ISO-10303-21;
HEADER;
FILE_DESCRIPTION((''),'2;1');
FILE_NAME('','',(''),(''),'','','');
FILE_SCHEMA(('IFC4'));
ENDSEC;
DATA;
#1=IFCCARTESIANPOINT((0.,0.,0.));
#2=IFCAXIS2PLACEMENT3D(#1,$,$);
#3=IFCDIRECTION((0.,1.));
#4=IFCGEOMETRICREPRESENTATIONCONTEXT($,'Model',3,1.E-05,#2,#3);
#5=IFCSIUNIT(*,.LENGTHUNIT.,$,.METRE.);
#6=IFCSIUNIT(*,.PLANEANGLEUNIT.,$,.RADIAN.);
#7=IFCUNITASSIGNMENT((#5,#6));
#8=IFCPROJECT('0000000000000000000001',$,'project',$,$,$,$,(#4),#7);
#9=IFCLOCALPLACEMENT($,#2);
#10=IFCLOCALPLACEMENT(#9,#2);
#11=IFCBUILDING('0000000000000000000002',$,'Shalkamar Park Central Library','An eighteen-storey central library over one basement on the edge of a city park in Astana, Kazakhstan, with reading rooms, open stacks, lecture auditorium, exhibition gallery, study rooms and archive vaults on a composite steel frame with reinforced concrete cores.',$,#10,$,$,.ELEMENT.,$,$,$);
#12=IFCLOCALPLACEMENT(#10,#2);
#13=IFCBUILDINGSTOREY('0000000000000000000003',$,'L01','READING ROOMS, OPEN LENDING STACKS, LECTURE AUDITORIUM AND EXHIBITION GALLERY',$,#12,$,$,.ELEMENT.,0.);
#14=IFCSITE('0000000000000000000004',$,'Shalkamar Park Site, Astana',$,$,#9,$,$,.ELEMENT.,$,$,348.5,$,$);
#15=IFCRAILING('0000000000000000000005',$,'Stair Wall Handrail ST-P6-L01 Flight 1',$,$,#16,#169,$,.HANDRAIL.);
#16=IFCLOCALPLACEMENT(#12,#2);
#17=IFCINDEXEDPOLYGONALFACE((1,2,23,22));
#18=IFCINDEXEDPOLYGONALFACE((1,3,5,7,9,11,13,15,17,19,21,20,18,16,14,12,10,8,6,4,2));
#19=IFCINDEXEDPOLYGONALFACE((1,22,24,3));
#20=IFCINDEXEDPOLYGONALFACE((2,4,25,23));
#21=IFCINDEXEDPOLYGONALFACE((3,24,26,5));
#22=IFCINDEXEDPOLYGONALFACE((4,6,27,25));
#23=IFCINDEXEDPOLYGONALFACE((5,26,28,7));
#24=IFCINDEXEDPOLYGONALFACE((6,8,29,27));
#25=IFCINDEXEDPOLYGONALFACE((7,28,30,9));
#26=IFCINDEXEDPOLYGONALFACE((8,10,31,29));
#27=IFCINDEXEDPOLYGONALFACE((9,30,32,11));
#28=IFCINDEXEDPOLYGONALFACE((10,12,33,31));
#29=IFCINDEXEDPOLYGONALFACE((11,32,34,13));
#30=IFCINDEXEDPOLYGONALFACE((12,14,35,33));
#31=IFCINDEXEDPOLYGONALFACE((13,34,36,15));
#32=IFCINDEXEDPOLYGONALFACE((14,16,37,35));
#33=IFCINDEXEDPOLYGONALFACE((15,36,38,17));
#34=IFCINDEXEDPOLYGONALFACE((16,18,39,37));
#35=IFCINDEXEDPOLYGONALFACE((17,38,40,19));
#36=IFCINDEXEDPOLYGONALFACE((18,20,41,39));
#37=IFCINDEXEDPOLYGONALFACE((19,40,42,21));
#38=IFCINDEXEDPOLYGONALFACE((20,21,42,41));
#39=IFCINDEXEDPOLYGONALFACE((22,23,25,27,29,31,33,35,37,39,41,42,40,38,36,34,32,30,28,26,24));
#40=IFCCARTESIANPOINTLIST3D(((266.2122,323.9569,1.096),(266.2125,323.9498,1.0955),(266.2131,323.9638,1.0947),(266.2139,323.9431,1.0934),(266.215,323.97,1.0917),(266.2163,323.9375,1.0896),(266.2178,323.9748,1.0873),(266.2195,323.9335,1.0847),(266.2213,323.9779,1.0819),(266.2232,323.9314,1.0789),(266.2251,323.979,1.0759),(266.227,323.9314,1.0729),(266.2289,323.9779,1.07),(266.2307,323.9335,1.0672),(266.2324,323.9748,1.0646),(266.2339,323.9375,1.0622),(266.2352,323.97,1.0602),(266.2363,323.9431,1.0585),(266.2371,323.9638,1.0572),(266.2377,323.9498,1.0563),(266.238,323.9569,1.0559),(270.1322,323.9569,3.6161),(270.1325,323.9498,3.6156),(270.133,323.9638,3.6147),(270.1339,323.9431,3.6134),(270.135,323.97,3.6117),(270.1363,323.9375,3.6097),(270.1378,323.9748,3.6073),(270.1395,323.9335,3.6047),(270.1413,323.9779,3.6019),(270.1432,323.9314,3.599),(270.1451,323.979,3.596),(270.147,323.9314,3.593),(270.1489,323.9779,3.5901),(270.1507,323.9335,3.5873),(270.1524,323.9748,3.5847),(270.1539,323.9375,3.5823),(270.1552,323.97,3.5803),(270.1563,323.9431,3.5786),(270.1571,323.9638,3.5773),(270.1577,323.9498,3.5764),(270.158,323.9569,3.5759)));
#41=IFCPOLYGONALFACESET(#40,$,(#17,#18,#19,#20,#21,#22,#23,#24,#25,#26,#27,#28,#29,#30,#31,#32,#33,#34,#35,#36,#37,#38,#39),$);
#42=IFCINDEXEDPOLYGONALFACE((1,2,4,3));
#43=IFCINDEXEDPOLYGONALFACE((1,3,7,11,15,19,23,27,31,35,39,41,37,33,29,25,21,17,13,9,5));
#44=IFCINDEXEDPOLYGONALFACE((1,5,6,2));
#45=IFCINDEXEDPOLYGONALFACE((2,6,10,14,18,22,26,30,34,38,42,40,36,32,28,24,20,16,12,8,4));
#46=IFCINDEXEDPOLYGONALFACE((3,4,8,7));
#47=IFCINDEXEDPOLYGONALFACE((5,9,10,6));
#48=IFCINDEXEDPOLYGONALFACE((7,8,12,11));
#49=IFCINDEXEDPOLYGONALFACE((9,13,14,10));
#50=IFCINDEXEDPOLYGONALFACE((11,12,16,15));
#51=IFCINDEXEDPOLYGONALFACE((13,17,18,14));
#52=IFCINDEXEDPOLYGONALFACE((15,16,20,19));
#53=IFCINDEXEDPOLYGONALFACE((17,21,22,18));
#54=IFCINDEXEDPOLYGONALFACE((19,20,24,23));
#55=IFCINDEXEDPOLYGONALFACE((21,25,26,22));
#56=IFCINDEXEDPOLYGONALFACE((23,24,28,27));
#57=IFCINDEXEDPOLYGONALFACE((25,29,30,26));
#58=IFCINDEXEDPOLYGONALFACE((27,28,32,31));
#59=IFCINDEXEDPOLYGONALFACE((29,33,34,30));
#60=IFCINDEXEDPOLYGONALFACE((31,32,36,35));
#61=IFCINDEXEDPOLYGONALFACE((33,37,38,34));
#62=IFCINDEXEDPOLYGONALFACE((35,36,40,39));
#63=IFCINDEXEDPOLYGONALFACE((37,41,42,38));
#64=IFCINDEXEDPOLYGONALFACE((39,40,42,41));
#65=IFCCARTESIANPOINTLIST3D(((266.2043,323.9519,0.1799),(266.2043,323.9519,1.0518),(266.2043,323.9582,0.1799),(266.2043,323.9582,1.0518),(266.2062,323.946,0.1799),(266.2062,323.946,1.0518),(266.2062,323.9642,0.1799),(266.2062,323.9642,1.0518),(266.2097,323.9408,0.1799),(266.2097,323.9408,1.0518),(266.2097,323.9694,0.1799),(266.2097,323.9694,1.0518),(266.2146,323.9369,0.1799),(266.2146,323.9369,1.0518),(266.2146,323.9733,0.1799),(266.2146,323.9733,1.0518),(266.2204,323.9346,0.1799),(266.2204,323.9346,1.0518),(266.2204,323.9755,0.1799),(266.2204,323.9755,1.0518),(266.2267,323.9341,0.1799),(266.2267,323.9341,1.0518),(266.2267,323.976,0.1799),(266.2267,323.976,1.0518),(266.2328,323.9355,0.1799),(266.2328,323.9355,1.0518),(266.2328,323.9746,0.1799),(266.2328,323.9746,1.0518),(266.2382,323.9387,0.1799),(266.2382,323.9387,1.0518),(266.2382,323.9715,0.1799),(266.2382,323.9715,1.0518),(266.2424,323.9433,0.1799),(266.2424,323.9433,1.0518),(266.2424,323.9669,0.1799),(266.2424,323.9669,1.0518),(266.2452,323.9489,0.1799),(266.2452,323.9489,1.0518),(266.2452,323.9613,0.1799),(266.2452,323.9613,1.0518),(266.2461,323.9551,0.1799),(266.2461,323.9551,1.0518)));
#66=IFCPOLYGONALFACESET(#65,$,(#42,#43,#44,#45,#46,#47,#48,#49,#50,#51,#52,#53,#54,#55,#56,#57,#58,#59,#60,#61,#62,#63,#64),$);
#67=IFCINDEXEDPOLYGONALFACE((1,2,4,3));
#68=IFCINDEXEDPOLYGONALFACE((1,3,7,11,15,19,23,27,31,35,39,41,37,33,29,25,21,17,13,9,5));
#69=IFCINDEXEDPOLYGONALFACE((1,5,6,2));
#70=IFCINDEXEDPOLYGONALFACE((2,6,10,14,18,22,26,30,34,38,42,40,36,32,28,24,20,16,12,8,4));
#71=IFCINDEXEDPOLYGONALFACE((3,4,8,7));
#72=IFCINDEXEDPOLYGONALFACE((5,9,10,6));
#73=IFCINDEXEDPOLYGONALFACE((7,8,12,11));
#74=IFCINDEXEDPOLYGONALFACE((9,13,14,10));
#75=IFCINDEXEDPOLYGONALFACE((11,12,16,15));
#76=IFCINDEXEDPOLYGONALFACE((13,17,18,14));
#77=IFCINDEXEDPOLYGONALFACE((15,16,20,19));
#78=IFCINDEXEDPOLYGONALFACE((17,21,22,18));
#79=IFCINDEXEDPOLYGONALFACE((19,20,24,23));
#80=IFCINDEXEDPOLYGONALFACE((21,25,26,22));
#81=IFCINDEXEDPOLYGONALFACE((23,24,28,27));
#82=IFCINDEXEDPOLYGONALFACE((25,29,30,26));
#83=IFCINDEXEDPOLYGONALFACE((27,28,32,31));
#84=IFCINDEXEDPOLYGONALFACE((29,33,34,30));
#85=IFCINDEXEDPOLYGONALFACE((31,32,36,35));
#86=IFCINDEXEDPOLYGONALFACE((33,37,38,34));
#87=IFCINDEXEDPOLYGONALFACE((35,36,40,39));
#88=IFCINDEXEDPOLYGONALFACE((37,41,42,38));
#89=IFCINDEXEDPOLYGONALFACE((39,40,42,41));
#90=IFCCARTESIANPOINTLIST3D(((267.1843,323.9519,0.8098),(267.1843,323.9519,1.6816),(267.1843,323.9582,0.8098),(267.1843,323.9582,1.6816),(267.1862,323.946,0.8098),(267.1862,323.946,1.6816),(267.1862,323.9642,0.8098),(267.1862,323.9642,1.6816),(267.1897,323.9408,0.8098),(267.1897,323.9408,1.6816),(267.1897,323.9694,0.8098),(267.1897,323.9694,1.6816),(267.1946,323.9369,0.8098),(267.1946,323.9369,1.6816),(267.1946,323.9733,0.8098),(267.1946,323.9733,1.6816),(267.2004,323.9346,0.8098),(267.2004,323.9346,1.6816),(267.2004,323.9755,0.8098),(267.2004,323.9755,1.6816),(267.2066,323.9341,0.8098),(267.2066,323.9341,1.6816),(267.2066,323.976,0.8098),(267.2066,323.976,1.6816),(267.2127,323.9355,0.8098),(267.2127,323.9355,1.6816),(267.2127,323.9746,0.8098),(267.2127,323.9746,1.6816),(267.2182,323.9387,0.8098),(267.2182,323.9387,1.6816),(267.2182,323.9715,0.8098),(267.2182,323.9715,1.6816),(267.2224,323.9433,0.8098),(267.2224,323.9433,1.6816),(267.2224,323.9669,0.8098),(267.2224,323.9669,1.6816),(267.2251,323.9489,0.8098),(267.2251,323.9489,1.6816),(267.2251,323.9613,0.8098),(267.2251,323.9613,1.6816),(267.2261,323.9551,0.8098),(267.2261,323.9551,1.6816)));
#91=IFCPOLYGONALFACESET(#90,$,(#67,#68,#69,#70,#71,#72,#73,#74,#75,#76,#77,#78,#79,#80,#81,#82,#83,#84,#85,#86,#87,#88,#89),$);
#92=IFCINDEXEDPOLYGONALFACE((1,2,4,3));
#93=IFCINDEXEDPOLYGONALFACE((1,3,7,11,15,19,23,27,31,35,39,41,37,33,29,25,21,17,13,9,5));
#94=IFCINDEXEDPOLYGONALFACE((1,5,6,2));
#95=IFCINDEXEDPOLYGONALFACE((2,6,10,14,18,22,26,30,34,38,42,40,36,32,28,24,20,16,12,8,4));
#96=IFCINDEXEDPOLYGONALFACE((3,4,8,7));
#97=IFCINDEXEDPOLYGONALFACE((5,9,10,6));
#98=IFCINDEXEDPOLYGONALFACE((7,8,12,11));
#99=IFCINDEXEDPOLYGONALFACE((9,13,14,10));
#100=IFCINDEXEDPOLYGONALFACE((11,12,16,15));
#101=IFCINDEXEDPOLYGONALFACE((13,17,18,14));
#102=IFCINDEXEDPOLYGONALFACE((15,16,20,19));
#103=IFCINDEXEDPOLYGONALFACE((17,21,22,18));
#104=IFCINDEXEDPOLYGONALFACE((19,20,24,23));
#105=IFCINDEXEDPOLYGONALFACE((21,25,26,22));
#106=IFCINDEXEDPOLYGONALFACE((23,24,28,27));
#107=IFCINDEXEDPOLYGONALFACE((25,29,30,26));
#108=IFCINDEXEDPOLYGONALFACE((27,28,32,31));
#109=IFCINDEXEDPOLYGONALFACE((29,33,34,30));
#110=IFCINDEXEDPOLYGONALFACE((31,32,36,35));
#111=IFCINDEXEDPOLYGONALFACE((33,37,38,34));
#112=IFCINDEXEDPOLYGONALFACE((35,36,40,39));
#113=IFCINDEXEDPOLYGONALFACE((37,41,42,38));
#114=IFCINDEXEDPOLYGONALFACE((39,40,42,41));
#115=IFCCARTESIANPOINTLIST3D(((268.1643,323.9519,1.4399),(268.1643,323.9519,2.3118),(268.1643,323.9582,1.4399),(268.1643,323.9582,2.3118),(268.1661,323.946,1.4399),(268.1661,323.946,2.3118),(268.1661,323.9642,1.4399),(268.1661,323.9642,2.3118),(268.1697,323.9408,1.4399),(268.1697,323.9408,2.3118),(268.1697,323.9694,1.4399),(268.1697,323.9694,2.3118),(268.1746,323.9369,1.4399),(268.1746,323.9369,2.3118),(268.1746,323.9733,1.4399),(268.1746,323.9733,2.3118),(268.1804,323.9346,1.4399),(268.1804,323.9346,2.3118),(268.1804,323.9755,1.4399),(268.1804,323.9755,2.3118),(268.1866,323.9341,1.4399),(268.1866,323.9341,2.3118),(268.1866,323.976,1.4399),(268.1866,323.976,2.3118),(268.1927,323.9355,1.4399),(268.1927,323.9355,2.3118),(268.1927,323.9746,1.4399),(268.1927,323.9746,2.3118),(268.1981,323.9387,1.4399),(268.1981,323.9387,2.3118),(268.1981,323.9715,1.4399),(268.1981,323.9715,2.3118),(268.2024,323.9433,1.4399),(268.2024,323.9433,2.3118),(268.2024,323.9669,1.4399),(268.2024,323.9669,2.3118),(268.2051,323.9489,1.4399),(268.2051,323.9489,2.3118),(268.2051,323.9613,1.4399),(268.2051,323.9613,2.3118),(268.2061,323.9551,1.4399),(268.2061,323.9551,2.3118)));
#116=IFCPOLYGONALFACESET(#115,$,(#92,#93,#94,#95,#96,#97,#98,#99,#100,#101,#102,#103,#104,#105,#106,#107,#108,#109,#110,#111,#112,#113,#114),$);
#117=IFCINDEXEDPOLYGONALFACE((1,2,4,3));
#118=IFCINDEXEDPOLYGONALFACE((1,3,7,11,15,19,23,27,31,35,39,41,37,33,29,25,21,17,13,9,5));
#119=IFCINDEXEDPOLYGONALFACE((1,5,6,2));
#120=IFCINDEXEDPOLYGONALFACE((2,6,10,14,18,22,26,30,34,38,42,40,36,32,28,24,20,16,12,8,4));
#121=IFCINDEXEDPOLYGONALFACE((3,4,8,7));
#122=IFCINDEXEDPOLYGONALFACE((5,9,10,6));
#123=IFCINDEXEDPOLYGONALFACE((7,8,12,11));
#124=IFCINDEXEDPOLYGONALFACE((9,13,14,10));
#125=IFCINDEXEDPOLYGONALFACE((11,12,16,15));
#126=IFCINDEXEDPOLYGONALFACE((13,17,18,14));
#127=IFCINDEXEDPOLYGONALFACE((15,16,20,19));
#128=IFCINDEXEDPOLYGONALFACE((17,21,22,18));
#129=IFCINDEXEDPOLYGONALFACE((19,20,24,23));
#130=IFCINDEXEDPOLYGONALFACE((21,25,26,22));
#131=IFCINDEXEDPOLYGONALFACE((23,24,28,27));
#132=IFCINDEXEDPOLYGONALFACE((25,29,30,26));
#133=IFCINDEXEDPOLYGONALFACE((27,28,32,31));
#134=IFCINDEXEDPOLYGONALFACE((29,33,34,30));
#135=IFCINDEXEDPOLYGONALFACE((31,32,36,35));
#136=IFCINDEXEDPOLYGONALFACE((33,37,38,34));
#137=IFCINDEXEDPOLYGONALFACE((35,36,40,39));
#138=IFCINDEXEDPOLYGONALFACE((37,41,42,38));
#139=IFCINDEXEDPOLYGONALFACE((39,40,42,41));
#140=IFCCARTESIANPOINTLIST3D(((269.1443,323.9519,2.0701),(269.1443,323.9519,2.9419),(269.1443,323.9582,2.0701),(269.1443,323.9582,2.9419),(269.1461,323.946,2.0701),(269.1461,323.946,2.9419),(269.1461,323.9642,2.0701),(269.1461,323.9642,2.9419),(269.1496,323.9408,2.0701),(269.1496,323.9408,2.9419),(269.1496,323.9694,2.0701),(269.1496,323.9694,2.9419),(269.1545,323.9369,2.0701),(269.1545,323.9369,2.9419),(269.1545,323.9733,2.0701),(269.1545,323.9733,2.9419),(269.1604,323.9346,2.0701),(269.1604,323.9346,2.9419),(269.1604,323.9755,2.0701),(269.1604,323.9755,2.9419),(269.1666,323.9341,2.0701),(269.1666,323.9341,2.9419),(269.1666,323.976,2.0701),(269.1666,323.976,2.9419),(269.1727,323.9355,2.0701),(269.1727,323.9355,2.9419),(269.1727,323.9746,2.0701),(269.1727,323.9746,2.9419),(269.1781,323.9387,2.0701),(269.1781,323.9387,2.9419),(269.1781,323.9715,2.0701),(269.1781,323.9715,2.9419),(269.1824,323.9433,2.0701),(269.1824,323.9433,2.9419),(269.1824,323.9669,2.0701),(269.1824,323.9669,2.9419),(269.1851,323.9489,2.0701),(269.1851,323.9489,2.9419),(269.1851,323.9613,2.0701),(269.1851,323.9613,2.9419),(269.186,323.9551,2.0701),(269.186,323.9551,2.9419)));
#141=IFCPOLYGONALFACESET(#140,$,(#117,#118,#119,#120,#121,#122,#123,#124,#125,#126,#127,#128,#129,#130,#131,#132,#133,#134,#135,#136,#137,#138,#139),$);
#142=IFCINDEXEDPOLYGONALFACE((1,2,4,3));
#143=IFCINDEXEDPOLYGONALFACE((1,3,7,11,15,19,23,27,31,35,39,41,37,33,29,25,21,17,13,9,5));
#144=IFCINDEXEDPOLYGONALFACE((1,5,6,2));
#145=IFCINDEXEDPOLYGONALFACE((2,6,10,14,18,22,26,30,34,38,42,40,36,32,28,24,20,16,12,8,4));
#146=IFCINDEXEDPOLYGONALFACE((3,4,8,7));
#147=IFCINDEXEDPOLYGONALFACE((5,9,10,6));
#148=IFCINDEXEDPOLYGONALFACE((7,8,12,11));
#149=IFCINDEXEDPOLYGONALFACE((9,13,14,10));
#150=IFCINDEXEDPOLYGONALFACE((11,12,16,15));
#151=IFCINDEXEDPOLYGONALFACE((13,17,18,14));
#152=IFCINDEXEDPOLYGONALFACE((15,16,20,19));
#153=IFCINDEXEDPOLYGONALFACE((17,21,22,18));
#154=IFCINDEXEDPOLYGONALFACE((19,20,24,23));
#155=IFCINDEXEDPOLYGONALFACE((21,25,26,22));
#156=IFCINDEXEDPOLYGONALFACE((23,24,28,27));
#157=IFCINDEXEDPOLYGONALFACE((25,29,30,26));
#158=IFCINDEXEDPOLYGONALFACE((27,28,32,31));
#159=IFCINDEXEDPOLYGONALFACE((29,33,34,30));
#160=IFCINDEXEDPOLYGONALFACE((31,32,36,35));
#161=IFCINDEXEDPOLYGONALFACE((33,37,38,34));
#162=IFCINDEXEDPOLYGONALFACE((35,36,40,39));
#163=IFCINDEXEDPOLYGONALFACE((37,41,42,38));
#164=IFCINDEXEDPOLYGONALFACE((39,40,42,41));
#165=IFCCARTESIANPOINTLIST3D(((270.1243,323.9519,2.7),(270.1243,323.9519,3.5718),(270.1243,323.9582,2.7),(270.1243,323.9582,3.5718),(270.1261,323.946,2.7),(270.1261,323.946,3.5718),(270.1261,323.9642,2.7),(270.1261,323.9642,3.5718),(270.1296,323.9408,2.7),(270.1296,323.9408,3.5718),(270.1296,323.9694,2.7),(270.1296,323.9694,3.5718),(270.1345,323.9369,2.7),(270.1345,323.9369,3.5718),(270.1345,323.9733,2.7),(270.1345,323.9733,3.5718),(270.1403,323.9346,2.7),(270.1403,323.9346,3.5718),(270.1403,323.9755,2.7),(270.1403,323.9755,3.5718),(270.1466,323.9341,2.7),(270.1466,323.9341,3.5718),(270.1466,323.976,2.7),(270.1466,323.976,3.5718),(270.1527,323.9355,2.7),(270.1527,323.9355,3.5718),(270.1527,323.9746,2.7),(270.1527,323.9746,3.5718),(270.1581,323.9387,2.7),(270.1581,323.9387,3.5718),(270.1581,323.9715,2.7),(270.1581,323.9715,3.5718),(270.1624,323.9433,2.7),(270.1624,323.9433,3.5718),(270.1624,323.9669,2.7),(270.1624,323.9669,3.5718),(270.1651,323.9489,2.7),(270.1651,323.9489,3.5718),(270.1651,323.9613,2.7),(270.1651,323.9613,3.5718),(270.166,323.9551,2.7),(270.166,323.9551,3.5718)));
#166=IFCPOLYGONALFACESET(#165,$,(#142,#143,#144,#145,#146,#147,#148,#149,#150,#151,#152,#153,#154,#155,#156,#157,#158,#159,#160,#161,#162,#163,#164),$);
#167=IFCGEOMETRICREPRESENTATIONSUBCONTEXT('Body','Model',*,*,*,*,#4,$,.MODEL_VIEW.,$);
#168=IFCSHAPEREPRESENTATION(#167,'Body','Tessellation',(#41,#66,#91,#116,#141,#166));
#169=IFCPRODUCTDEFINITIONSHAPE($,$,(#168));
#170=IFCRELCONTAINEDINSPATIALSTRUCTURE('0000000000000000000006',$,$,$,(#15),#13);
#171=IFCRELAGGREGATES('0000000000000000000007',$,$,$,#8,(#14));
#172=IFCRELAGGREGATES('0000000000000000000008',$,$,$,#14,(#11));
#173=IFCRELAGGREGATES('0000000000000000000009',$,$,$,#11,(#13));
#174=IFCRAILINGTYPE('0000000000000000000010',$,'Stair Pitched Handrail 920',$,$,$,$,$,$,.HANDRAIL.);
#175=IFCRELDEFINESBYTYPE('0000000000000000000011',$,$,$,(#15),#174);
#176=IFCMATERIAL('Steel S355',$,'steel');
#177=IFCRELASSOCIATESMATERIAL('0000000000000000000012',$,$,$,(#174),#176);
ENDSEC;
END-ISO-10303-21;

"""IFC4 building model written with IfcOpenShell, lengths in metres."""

from ifc_helpers import new_model, si_unit, direction, frame, origin, origin_2d, place, context, subcontext, project, spatial, circle, extrude, material, type_object, element, save


model = new_model("IFC4")

# Units and contexts
model_context = context("Model", 3, precision=1e-05, world=origin(), true_north=direction((0.0, 1.0)))
body_context = subcontext(model_context, "Body", "Model", "MODEL_VIEW")
ifc_project = project(units=[si_unit("LENGTHUNIT", "METRE"), si_unit("PLANEANGLEUNIT", "RADIAN")], contexts=[model_context])

# Site, building, storey
site_placement = place(None, origin())
site = spatial("IfcSite", under=ifc_project, at=site_placement, Name="Shalkamar Park Site, Astana", CompositionType="ELEMENT", RefElevation=348.5)
building_placement = place(site_placement, origin())
building = spatial("IfcBuilding", under=site, at=building_placement, Name="Shalkamar Park Central Library", Description="An eighteen-storey central library over one basement on the edge of a city park in Astana, Kazakhstan, with reading rooms, open stacks, lecture auditorium, exhibition gallery, study rooms and archive vaults on a composite steel frame with reinforced concrete cores.", CompositionType="ELEMENT")
storey_placement = place(building_placement, origin())
storey = spatial("IfcBuildingStorey", under=building, at=storey_placement, Name="L01", Description="READING ROOMS, OPEN LENDING STACKS, LECTURE AUDITORIUM AND EXHIBITION GALLERY", CompositionType="ELEMENT", Elevation=0.0)

# Shared definitions
ifc_material_1 = material(Name="Steel S355", Category="steel")

# Railing
railing_type_1 = type_object("IfcRailingType", Name="Stair Pitched Handrail 920", PredefinedType="HANDRAIL", material=ifc_material_1)
railing_1_placement = place(storey_placement, frame((266.2251, 323.9551, 0.1799)))
element("IfcRailing", 1, at=railing_1_placement, inside=storey, type_object=railing_type_1, Name="Stair Wall Handrail ST-P6-L01 Flight 1", PredefinedType="HANDRAIL", context=body_context, shape_type="SweptSolid", body=[
    extrude(circle(Radius=0.0239, at=origin_2d()), frame((0.0, 0.0, 0.896), z_axis=(0.841172, 0.0, 0.540768), x_axis=(0.0, 1.0, 0.0)), (0.0, 0.0, 1.0), 4.6602),
    extrude(circle(Radius=0.021, at=origin_2d()), origin(), (0.0, 0.0, 1.0), 0.8718),
    extrude(circle(Radius=0.021, at=origin_2d()), frame((0.98, 0.0, 0.6299)), (0.0, 0.0, 1.0), 0.8718),
    extrude(circle(Radius=0.021, at=origin_2d()), frame((1.96, 0.0, 1.26)), (0.0, 0.0, 1.0), 0.8718),
    extrude(circle(Radius=0.021, at=origin_2d()), frame((2.9399, 0.0, 1.8901)), (0.0, 0.0, 1.0), 0.8718),
    extrude(circle(Radius=0.021, at=origin_2d()), frame((3.9199, 0.0, 2.52)), (0.0, 0.0, 1.0), 0.8718),
])

save(model, "model.ifc")
